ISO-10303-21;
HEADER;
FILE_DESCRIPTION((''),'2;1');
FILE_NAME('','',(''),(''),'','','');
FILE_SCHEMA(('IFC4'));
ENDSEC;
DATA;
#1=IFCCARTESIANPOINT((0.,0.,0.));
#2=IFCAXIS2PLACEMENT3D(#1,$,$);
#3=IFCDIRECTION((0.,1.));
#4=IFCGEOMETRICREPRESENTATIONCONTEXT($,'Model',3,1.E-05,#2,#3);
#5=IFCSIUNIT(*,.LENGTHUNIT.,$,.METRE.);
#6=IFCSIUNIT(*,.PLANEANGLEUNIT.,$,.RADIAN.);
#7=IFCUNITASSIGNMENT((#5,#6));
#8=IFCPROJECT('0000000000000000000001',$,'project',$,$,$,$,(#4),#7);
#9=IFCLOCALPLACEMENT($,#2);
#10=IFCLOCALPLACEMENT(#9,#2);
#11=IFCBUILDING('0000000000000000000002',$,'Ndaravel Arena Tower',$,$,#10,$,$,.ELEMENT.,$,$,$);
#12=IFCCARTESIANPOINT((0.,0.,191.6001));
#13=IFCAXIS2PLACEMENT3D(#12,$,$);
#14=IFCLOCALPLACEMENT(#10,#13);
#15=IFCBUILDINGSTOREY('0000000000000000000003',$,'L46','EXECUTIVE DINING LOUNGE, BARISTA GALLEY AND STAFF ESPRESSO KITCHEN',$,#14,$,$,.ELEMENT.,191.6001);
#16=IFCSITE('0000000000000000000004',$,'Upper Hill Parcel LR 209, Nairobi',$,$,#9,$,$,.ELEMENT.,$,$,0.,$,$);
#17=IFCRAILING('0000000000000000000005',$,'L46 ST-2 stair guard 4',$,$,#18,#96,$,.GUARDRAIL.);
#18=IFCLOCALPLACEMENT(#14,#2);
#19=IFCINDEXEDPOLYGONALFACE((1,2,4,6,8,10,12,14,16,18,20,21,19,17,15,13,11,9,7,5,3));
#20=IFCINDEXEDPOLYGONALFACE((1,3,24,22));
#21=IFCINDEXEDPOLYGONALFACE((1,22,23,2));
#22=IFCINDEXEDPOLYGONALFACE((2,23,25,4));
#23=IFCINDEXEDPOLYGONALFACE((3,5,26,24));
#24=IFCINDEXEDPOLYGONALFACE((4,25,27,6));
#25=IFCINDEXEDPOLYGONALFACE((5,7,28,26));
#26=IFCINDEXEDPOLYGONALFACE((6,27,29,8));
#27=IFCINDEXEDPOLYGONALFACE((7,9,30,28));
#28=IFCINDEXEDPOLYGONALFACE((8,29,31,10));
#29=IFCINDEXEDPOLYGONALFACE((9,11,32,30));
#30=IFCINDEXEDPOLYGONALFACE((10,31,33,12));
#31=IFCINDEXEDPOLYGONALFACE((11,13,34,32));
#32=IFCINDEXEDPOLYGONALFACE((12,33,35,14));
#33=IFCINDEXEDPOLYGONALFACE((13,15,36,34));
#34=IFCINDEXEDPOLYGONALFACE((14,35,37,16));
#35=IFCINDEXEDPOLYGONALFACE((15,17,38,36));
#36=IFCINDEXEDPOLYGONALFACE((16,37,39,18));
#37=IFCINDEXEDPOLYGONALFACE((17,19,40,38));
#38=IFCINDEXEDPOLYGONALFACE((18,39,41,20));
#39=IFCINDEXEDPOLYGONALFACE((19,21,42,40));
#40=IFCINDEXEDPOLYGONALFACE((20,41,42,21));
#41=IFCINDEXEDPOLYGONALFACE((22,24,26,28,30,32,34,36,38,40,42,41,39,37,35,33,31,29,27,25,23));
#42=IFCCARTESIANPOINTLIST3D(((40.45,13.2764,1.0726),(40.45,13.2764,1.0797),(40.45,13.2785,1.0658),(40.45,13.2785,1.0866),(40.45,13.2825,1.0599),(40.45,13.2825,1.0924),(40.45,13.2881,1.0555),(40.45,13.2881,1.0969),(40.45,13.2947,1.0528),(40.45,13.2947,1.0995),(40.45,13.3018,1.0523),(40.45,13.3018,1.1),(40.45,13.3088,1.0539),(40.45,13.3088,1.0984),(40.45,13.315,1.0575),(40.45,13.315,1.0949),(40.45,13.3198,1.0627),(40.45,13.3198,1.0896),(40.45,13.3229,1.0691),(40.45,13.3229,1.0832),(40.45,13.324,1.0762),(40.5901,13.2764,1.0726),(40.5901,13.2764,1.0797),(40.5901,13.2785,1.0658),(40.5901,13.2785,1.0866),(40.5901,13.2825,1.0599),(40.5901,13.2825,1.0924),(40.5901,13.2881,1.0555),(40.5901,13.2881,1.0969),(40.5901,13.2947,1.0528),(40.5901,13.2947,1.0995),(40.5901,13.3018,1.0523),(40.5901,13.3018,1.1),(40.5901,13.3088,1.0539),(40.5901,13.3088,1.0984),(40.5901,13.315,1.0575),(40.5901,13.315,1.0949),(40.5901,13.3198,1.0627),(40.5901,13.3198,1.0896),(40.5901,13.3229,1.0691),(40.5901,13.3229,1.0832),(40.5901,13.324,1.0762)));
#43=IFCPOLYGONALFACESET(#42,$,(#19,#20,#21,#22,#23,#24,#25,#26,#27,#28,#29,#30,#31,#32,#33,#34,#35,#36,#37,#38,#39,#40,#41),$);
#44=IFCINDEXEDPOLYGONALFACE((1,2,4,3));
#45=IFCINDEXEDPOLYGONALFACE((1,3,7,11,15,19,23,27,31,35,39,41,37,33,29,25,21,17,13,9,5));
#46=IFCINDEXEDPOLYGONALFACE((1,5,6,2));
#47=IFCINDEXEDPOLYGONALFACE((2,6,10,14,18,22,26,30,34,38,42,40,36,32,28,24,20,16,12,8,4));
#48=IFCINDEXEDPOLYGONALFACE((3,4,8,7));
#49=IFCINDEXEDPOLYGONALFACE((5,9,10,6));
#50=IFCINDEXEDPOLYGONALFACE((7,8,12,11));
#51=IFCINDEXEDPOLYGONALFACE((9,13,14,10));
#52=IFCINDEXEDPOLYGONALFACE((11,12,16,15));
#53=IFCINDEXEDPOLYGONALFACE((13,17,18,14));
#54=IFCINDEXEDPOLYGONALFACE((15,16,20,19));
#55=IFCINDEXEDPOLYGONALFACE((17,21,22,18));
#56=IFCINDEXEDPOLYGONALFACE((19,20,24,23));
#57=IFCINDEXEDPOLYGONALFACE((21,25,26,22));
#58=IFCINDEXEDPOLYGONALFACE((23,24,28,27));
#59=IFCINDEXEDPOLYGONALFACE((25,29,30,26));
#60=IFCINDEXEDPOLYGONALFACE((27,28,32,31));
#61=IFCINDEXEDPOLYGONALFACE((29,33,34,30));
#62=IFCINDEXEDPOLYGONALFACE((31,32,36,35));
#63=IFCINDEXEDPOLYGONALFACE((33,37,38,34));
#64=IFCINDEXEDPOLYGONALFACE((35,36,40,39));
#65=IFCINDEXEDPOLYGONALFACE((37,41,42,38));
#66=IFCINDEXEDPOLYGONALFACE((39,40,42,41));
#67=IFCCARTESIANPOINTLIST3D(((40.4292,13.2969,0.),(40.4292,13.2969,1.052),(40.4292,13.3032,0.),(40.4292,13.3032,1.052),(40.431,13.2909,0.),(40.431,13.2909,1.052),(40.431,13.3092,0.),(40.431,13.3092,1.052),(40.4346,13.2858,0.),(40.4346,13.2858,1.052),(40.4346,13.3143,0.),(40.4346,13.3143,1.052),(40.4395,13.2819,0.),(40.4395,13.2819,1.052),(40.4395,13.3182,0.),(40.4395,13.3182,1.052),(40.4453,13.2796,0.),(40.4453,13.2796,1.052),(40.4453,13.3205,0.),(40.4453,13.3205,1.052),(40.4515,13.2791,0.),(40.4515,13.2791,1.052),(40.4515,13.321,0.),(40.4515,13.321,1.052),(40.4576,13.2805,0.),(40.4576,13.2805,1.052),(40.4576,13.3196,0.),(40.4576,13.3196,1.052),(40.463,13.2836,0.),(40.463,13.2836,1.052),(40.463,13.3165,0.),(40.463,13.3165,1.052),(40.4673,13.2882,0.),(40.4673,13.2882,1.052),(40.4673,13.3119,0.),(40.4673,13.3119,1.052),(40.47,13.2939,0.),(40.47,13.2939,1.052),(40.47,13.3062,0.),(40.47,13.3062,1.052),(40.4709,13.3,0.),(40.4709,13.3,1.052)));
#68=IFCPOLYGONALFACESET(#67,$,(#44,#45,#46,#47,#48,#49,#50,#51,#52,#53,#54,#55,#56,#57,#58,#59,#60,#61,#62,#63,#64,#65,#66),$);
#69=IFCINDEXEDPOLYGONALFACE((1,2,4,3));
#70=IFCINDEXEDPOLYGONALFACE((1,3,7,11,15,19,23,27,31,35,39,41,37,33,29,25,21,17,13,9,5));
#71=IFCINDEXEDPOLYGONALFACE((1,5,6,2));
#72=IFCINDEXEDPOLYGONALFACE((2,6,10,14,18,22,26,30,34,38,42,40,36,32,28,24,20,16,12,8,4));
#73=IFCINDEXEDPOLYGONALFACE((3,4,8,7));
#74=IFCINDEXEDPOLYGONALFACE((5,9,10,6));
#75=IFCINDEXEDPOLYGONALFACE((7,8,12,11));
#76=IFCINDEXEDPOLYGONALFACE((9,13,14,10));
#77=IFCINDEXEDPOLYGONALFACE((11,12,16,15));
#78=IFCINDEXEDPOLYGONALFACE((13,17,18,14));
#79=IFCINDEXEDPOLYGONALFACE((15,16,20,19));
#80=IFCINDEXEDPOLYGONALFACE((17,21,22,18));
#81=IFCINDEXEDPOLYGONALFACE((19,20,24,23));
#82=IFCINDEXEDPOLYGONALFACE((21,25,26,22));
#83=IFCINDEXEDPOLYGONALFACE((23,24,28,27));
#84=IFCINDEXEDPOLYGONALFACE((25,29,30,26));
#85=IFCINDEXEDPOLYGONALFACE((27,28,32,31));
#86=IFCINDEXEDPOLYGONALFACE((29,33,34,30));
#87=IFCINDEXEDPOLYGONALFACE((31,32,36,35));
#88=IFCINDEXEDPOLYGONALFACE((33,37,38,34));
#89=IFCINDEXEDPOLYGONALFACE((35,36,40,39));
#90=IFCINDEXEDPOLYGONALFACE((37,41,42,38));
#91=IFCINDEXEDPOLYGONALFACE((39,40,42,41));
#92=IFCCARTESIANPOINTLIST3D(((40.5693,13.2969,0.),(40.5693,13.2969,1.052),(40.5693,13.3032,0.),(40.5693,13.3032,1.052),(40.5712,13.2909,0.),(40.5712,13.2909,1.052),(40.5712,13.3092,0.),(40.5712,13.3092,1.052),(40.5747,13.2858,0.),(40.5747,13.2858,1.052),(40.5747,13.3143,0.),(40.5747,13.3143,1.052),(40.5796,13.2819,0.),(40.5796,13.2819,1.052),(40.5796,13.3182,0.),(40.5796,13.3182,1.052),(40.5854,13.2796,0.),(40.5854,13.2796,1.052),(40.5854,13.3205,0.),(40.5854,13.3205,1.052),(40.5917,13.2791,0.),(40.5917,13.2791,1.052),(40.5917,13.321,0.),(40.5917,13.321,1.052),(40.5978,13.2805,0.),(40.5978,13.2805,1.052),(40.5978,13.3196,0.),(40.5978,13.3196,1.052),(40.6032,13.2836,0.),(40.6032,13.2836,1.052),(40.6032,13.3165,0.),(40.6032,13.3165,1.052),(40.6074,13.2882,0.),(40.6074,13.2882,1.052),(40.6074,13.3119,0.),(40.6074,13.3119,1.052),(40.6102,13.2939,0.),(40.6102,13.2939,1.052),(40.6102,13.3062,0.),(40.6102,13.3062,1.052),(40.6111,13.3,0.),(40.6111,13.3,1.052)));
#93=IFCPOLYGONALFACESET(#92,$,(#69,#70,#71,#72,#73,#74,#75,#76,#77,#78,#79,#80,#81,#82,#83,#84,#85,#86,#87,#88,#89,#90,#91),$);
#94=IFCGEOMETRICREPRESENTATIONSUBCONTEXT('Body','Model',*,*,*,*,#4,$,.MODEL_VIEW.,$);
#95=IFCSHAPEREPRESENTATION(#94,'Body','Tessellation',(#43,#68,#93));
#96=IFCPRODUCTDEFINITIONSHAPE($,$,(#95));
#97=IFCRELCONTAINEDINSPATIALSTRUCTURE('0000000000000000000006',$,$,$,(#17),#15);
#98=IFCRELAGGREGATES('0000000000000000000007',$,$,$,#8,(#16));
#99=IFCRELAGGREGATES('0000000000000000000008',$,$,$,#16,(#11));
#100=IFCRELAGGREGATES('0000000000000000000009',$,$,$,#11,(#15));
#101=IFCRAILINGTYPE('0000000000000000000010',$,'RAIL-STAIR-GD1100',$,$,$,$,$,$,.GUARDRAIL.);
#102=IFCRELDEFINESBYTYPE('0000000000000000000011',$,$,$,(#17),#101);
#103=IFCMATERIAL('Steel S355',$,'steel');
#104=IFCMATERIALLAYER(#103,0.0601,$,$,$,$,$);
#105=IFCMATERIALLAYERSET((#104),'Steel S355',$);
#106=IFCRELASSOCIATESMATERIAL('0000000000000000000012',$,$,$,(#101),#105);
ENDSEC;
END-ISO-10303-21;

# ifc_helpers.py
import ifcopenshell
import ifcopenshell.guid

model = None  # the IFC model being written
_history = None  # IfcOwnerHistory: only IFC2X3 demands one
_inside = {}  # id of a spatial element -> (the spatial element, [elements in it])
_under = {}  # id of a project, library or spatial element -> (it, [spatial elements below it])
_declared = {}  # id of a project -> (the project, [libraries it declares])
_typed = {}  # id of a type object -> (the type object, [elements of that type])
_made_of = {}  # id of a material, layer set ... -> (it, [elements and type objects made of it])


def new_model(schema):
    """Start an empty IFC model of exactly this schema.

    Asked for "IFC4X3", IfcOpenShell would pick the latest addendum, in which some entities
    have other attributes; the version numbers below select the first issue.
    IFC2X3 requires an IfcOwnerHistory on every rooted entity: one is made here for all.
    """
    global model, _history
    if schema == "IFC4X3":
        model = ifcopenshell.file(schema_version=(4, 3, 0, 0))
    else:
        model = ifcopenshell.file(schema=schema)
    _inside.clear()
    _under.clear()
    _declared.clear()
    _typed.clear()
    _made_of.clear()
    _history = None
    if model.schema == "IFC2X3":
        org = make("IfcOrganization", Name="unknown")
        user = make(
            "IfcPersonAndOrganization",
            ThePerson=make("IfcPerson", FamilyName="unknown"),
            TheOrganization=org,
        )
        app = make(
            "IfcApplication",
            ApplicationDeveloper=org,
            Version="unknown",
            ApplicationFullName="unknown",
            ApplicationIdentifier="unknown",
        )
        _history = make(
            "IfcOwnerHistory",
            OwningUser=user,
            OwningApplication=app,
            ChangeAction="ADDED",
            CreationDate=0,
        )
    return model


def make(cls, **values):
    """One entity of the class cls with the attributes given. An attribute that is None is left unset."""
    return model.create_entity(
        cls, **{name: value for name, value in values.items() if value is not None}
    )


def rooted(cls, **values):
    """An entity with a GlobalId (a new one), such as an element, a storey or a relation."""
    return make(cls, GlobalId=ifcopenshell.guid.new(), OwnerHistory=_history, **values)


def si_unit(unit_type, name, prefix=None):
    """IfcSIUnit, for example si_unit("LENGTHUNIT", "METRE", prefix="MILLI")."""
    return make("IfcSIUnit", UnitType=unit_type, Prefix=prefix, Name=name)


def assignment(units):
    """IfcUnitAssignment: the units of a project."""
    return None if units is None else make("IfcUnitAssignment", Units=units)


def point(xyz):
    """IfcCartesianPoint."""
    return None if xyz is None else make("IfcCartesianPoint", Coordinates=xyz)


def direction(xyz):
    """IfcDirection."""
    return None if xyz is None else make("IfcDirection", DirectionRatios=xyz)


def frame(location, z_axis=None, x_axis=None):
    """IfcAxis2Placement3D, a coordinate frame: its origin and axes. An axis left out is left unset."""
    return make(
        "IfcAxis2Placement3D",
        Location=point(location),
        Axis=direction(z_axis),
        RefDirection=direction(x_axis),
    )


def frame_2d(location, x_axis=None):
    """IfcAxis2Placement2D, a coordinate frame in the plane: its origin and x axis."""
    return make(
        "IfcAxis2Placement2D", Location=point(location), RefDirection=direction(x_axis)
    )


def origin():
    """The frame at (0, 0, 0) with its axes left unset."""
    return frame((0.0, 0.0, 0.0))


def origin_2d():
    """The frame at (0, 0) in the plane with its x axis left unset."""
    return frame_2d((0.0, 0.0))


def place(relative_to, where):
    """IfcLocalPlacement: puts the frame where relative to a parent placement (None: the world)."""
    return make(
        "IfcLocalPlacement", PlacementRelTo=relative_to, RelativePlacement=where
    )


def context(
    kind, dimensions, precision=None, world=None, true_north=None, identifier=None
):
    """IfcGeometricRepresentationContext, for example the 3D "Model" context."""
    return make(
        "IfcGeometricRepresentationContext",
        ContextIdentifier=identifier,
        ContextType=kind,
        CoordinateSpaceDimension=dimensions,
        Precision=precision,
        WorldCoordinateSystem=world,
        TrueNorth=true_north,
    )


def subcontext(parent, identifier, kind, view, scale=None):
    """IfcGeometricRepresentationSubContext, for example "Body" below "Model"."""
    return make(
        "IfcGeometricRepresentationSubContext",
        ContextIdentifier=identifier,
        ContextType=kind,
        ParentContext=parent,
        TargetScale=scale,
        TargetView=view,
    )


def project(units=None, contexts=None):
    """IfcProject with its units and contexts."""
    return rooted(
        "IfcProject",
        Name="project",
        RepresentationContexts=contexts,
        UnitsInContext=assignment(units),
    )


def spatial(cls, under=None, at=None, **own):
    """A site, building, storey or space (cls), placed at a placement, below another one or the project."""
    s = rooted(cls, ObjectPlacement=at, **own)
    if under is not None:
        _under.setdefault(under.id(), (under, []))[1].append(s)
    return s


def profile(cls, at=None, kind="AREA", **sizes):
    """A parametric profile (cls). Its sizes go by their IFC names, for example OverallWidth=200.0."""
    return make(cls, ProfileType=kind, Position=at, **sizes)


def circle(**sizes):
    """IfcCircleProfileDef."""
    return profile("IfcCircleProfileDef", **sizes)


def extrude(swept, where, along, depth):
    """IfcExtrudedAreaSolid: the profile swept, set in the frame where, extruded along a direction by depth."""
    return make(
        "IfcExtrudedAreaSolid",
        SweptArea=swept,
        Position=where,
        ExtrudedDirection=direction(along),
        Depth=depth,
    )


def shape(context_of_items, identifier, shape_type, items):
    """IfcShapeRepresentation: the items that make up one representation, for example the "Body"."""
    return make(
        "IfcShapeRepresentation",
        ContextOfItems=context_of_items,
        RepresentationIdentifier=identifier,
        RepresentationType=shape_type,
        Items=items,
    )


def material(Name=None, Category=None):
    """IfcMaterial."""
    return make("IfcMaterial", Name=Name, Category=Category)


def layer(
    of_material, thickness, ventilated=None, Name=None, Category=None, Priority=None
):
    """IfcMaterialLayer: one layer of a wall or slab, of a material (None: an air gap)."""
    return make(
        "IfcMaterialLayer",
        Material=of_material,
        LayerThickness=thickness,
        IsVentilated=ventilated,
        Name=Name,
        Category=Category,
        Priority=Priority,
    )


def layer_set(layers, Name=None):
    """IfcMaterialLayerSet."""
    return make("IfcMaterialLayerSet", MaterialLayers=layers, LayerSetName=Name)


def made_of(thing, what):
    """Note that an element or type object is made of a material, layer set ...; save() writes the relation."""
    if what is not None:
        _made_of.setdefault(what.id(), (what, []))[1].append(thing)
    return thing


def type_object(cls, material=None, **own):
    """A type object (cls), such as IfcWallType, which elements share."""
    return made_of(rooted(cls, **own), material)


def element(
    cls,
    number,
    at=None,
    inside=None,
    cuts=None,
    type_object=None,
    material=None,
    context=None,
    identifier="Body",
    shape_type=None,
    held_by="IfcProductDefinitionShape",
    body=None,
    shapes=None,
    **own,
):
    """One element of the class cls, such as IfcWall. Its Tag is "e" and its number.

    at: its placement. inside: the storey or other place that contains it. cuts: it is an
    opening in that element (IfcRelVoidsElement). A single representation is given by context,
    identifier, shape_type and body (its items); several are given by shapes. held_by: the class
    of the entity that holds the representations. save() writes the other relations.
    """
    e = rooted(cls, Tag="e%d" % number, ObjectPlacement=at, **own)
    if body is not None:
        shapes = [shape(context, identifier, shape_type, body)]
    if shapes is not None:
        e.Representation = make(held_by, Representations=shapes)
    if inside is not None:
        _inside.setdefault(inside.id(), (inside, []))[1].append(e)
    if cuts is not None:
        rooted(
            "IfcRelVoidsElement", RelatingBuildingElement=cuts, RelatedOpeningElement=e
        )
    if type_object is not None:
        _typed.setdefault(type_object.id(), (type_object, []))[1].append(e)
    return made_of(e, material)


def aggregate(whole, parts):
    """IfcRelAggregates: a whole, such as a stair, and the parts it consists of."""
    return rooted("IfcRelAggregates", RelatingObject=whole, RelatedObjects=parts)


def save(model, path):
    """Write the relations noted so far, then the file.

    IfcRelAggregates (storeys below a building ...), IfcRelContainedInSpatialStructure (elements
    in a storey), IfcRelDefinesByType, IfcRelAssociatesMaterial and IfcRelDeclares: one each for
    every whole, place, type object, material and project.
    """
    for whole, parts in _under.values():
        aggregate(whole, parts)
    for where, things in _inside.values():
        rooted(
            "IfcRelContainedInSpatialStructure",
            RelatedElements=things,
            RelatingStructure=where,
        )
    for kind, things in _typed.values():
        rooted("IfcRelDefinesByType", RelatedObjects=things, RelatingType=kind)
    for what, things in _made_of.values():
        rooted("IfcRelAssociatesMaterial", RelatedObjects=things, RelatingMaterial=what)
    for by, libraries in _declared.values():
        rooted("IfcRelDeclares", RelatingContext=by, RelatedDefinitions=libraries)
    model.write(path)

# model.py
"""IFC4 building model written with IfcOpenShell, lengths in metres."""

from ifc_helpers import new_model, si_unit, direction, frame, origin, origin_2d, place, context, subcontext, project, spatial, circle, extrude, material, layer, layer_set, type_object, element, save


model = new_model("IFC4")

# Units and contexts
model_context = context("Model", 3, precision=1e-05, world=origin(), true_north=direction((0.0, 1.0)))
body_context = subcontext(model_context, "Body", "Model", "MODEL_VIEW")
ifc_project = project(units=[si_unit("LENGTHUNIT", "METRE"), si_unit("PLANEANGLEUNIT", "RADIAN")], contexts=[model_context])

# Site, building, storey
site_placement = place(None, origin())
site = spatial("IfcSite", under=ifc_project, at=site_placement, Name="Upper Hill Parcel LR 209, Nairobi", CompositionType="ELEMENT", RefElevation=0.0)
building_placement = place(site_placement, origin())
building = spatial("IfcBuilding", under=site, at=building_placement, Name="Ndaravel Arena Tower", CompositionType="ELEMENT")
storey_placement = place(building_placement, frame((0.0, 0.0, 191.6001)))
storey = spatial("IfcBuildingStorey", under=building, at=storey_placement, Name="L46", Description="EXECUTIVE DINING LOUNGE, BARISTA GALLEY AND STAFF ESPRESSO KITCHEN", CompositionType="ELEMENT", Elevation=191.6001)

# Railing
ifc_material_1 = material(Name="Steel S355", Category="steel")
ifc_layer_1 = layer(ifc_material_1, 0.0601)
ifc_layer_set_1 = layer_set([ifc_layer_1], Name="Steel S355")
railing_type_1 = type_object("IfcRailingType", Name="RAIL-STAIR-GD1100", PredefinedType="GUARDRAIL", material=ifc_layer_set_1)
railing_1_placement = place(storey_placement, frame((40.45, 13.3, 0.0)))
element("IfcRailing", 1, at=railing_1_placement, inside=storey, type_object=railing_type_1, Name="L46 ST-2 stair guard 4", PredefinedType="GUARDRAIL", context=body_context, shape_type="SweptSolid", body=[
    extrude(circle(Radius=0.0239, at=origin_2d()), frame((0.0, 0.0, 1.0762), z_axis=(1.0, 0.0, 0.0), x_axis=(0.0, 1.0, 0.0)), (0.0, 0.0, 1.0), 0.1401),
    extrude(circle(Radius=0.021, at=origin_2d()), origin(), (0.0, 0.0, 1.0), 1.052),
    extrude(circle(Radius=0.021, at=origin_2d()), frame((0.1401, 0.0, 0.0)), (0.0, 0.0, 1.0), 1.052),
])

save(model, "model.ifc")
